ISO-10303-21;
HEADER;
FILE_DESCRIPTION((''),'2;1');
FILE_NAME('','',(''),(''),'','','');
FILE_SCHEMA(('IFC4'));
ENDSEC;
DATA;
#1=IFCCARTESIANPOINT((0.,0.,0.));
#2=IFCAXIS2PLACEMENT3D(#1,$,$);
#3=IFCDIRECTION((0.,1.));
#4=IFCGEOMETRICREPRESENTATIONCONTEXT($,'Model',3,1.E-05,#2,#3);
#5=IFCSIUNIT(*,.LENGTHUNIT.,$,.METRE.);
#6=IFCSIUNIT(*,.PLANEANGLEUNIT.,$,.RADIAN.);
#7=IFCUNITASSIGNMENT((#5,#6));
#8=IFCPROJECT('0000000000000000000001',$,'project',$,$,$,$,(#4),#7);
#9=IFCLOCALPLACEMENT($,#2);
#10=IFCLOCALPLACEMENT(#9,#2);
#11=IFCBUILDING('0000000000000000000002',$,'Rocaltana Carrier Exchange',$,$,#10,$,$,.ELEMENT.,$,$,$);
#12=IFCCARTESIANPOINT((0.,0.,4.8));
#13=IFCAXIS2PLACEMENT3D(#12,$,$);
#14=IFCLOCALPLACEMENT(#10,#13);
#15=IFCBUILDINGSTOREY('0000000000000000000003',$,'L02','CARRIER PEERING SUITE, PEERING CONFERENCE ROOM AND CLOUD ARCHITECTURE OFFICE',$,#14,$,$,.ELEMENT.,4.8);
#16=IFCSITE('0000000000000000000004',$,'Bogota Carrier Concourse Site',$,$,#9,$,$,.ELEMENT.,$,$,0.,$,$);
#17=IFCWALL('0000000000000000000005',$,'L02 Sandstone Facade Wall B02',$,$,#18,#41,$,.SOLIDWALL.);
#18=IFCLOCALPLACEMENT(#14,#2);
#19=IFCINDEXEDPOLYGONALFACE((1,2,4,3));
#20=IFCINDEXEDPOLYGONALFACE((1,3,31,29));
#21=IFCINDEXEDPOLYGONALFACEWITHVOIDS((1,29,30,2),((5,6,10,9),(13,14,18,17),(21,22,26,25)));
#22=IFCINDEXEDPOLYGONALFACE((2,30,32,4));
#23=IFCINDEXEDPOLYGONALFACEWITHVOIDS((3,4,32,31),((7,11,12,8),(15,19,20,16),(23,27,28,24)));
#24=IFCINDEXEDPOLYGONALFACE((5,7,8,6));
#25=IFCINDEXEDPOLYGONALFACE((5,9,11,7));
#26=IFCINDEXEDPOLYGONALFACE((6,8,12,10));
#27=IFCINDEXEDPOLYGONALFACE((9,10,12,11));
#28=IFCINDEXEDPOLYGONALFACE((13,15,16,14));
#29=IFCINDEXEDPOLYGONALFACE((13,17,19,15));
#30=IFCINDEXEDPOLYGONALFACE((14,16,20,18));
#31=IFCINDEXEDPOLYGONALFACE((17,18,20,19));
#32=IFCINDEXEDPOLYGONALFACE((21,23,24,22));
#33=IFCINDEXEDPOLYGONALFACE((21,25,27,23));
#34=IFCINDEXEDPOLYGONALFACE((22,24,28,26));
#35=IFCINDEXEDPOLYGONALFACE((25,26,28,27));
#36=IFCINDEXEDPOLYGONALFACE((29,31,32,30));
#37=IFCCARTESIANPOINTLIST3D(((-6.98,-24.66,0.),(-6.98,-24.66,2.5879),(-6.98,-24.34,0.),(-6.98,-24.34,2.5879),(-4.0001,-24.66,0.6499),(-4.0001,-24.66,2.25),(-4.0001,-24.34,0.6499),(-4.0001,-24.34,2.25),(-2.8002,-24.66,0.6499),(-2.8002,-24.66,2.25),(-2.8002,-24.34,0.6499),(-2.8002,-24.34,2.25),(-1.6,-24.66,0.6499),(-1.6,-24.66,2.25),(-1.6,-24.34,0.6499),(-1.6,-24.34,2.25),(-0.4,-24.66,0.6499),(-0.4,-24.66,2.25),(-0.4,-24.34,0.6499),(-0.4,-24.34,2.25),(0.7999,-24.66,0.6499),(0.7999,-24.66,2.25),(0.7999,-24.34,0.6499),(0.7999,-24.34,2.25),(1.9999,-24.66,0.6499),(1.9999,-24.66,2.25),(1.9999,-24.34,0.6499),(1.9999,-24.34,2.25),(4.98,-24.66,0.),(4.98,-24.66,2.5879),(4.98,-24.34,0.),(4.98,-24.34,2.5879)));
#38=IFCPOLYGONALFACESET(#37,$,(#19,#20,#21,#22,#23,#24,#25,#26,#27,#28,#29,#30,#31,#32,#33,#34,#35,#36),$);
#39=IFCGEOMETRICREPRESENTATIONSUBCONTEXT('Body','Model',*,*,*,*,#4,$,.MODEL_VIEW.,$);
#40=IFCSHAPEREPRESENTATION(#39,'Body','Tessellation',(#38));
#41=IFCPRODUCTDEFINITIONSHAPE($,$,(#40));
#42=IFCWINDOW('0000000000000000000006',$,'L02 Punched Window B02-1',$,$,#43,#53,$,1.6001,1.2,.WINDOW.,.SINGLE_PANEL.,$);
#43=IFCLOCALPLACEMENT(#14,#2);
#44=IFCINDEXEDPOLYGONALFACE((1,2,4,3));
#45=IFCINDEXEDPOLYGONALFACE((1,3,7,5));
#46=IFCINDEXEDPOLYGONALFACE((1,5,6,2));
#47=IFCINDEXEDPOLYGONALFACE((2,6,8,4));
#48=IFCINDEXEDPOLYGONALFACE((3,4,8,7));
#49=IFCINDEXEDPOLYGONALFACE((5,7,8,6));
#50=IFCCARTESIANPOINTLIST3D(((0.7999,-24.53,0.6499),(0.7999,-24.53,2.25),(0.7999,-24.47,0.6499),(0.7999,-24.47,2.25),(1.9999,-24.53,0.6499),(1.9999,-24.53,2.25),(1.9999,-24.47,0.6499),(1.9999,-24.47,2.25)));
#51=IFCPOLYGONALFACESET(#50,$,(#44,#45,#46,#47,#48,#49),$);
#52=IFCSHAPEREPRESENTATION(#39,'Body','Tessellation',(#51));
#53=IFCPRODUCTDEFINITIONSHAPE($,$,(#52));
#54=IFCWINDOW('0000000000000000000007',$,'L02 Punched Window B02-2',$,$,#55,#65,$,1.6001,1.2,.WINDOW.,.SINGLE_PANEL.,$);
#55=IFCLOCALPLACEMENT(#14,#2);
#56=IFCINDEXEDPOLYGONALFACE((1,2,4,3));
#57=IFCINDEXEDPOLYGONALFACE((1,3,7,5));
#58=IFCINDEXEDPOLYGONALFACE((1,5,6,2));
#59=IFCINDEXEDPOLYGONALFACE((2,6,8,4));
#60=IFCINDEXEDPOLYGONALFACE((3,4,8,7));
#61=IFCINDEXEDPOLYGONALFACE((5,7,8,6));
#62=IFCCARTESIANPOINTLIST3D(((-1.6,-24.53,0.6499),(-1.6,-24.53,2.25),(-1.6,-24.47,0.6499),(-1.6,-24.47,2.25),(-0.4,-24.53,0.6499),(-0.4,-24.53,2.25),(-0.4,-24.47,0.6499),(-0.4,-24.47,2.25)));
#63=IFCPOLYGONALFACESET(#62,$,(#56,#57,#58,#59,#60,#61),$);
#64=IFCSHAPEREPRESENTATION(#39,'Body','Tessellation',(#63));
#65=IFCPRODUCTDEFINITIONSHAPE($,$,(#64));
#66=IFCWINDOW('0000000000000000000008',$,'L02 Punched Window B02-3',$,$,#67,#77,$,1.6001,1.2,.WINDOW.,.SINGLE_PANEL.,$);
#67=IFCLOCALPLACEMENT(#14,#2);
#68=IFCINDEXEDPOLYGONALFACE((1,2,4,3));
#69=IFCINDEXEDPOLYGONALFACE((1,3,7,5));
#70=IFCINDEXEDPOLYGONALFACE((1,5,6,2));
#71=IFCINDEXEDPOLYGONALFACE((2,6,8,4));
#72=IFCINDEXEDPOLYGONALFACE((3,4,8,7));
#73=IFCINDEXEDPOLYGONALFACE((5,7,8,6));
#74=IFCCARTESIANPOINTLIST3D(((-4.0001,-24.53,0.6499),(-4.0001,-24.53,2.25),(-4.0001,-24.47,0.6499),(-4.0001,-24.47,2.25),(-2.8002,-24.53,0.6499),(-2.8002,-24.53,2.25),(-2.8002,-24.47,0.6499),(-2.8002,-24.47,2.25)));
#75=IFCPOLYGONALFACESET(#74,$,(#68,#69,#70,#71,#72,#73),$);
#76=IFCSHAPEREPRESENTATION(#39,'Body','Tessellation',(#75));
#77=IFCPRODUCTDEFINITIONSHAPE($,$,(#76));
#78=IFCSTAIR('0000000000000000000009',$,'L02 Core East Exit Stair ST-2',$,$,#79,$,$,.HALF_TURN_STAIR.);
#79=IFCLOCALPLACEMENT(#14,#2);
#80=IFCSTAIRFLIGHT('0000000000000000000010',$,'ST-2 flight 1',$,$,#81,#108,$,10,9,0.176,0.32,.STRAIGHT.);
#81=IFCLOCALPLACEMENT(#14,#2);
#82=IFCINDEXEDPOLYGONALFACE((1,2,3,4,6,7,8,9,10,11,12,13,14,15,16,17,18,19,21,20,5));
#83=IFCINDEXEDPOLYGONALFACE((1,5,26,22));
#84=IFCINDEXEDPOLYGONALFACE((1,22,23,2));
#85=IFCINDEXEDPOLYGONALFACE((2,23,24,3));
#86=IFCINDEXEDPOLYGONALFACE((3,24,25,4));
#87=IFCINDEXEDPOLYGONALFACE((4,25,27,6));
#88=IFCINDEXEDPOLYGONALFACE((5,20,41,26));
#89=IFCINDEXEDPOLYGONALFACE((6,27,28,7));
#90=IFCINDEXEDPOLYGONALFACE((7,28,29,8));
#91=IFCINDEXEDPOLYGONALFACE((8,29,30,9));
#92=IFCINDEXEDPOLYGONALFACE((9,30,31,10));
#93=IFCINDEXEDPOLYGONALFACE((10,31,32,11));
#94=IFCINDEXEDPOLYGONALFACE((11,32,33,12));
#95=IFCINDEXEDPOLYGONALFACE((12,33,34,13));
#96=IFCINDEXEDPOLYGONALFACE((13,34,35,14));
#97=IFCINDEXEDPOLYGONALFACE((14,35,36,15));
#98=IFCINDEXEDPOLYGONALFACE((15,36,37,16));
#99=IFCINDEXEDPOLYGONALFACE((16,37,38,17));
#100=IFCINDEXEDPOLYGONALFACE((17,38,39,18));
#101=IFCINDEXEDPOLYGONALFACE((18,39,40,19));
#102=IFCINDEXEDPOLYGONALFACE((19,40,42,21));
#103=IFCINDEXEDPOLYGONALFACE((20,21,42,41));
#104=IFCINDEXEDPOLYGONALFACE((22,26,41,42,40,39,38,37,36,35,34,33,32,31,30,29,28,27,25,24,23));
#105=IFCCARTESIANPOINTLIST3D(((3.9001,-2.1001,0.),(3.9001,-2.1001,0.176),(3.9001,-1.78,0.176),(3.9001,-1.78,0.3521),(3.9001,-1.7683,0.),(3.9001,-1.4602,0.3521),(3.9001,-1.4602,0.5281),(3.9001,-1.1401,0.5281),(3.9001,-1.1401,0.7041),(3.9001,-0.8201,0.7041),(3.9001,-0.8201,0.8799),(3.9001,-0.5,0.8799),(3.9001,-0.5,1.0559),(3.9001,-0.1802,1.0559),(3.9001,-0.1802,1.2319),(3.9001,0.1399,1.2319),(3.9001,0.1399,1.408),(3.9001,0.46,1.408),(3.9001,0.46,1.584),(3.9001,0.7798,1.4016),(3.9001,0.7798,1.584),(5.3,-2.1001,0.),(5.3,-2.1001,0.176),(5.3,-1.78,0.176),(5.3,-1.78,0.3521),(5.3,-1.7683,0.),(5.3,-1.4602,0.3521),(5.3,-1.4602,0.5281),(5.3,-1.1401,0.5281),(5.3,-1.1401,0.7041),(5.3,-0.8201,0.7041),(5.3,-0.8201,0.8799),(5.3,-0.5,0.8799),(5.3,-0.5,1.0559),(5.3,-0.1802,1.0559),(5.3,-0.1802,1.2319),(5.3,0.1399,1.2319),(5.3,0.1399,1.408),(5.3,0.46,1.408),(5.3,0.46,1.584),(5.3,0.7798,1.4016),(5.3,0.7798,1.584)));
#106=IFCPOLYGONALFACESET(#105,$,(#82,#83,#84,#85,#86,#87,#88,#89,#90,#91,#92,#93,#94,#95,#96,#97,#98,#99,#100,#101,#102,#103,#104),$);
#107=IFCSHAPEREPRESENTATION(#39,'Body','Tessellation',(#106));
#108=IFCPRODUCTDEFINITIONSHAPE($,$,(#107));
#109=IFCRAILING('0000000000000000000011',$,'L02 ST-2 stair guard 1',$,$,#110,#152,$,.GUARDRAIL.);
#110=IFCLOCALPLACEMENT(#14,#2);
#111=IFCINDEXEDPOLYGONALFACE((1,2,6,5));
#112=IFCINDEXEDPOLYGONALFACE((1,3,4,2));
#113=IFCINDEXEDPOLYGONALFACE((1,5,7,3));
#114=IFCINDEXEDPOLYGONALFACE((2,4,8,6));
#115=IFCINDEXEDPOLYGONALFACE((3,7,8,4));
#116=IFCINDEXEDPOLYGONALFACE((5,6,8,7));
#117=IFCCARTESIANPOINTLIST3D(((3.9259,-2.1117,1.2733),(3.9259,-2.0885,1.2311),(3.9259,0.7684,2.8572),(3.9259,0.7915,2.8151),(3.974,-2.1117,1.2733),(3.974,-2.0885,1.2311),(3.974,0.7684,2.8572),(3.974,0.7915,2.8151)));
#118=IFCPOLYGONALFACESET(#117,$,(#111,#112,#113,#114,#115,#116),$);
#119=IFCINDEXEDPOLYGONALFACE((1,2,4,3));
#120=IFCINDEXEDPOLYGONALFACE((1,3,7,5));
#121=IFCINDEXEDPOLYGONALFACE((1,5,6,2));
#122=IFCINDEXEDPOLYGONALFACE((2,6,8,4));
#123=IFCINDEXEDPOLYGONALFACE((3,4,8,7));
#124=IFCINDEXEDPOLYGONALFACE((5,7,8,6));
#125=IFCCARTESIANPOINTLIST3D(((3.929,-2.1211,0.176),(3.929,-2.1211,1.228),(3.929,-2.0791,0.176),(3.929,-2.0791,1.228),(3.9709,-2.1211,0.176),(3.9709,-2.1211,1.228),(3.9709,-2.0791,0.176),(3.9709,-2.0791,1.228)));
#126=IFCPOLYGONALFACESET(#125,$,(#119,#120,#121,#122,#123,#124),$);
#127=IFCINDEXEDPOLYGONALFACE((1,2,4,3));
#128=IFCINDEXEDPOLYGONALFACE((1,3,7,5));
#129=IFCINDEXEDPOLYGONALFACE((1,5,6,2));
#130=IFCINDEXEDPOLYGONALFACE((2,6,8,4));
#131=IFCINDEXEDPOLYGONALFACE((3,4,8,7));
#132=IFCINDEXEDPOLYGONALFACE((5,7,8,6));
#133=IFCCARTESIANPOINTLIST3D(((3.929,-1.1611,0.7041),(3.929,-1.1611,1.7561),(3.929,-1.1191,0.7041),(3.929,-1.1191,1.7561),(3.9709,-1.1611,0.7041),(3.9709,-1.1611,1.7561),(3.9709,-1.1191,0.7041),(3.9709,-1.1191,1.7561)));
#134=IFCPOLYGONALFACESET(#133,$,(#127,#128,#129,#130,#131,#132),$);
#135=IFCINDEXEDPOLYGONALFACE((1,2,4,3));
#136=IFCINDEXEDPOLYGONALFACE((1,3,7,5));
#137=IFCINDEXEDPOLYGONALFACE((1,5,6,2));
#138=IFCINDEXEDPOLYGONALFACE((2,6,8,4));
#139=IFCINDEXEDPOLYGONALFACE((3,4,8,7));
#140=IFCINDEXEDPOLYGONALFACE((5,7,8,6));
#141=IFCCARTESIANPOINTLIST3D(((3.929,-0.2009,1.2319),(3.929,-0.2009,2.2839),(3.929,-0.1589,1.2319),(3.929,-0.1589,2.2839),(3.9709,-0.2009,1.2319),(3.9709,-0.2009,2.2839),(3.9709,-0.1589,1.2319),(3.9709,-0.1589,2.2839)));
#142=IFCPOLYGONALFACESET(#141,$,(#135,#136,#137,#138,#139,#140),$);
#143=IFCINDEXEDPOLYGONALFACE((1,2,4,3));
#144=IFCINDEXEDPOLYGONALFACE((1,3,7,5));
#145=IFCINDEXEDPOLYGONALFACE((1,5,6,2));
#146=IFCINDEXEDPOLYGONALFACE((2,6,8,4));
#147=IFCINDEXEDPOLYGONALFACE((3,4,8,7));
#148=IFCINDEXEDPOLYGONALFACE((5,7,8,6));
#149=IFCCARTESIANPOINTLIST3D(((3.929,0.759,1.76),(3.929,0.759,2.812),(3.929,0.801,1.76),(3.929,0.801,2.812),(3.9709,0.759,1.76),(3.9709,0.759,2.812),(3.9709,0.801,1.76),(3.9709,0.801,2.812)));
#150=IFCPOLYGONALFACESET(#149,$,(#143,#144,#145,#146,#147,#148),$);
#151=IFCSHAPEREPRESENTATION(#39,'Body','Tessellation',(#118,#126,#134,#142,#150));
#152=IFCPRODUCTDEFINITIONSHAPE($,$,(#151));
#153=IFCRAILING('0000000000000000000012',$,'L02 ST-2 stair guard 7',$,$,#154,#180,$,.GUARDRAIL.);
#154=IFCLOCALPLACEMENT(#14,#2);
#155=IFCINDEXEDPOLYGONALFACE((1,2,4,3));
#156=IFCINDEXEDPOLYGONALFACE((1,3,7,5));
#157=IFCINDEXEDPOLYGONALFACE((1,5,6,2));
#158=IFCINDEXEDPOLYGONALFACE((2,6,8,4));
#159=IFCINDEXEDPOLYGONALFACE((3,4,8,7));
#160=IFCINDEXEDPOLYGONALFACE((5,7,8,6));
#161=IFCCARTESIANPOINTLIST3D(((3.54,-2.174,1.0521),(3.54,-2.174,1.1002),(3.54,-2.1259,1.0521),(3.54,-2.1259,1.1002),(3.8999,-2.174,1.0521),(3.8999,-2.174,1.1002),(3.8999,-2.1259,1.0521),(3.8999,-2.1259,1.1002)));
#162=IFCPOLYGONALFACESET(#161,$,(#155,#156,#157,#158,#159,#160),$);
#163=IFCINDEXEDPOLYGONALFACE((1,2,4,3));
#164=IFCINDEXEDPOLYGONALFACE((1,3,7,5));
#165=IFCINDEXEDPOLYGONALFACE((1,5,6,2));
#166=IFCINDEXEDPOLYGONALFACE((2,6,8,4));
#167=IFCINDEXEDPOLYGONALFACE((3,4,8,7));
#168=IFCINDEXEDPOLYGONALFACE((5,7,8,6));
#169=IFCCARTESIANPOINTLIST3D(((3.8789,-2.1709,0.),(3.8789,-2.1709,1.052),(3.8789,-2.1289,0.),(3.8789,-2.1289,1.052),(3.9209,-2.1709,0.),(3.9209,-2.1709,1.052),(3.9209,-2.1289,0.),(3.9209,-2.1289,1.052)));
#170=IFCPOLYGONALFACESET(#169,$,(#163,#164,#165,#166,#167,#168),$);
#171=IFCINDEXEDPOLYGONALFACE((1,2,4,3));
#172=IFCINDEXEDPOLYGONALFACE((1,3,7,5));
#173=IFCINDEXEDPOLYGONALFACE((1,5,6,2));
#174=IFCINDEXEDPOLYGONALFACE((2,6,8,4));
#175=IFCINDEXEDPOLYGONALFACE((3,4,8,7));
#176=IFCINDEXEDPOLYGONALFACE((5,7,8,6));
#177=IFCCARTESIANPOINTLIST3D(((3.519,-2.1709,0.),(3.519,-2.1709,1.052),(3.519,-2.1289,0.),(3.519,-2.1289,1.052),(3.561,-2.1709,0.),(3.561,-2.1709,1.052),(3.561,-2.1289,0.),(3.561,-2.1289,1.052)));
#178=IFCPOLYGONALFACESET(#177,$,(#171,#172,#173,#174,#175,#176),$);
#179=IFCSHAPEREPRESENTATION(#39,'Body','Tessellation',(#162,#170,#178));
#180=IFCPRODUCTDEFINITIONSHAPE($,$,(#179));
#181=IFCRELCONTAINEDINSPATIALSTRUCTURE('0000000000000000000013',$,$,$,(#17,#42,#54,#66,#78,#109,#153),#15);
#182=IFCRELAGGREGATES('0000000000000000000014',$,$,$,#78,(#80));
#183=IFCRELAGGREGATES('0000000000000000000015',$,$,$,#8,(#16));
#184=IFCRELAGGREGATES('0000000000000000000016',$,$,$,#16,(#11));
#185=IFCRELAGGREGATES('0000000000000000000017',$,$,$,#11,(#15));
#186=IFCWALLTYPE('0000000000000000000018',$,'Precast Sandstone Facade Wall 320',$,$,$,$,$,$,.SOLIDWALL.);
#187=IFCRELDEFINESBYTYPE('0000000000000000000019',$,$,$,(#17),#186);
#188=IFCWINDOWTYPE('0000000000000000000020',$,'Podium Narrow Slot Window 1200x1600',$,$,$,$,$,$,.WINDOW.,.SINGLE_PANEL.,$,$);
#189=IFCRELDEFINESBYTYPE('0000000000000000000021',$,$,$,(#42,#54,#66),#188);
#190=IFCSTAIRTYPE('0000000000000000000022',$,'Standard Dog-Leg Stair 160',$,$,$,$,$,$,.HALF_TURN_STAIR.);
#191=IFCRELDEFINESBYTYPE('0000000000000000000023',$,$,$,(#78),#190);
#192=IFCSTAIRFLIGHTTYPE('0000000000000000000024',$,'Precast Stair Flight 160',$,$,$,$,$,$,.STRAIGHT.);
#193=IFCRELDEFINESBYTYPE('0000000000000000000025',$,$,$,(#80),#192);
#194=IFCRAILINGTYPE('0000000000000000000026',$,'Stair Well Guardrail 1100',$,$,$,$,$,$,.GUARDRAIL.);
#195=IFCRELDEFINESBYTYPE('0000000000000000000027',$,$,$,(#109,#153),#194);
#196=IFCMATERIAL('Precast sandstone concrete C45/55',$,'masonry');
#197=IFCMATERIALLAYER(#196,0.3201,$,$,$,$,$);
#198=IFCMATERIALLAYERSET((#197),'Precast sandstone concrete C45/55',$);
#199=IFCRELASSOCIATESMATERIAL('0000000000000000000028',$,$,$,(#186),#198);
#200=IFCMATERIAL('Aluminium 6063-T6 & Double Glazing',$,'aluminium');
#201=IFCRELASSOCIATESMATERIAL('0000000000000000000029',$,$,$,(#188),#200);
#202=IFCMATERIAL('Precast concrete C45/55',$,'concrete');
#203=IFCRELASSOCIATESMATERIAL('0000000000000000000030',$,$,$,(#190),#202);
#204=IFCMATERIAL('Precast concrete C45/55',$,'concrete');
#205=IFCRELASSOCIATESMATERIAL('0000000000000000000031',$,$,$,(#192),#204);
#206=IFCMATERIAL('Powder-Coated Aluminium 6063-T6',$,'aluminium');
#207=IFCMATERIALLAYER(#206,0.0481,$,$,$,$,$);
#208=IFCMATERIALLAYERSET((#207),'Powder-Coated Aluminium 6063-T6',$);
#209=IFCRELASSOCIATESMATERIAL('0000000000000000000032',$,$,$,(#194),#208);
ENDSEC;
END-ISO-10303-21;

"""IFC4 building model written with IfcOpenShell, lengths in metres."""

from ifc_helpers import new_model, si_unit, direction, frame, frame_2d, origin, origin_2d, place, context, subcontext, project, spatial, polyline, rectangle, outline, extrude, material, layer, layer_set, type_object, element, fill, aggregate, save


model = new_model("IFC4")

# Units and contexts
model_context = context("Model", 3, precision=1e-05, world=origin(), true_north=direction((0.0, 1.0)))
body_context = subcontext(model_context, "Body", "Model", "MODEL_VIEW")
ifc_project = project(units=[si_unit("LENGTHUNIT", "METRE"), si_unit("PLANEANGLEUNIT", "RADIAN")], contexts=[model_context])

# Site, building, storey
site_placement = place(None, origin())
site = spatial("IfcSite", under=ifc_project, at=site_placement, Name="Bogota Carrier Concourse Site", CompositionType="ELEMENT", RefElevation=0.0)
building_placement = place(site_placement, origin())
building = spatial("IfcBuilding", under=site, at=building_placement, Name="Rocaltana Carrier Exchange", CompositionType="ELEMENT")
storey_placement = place(building_placement, frame((0.0, 0.0, 4.8)))
storey = spatial("IfcBuildingStorey", under=building, at=storey_placement, Name="L02", Description="CARRIER PEERING SUITE, PEERING CONFERENCE ROOM AND CLOUD ARCHITECTURE OFFICE", CompositionType="ELEMENT", Elevation=4.8)

# Wall, openings, windows
ifc_material_1 = material(Name="Precast sandstone concrete C45/55", Category="masonry")
ifc_layer_1 = layer(ifc_material_1, 0.3201)
ifc_layer_set_1 = layer_set([ifc_layer_1], Name="Precast sandstone concrete C45/55")
wall_type_1 = type_object("IfcWallType", Name="Precast Sandstone Facade Wall 320", PredefinedType="SOLIDWALL", material=ifc_layer_set_1)
wall_1_placement = place(storey_placement, frame((4.98, -24.5, 0.0), z_axis=(0.0, 0.0, 1.0), x_axis=(-1.0, 0.0, 0.0)))
wall_1 = element("IfcWall", 1, at=wall_1_placement, inside=storey, type_object=wall_type_1, Name="L02 Sandstone Facade Wall B02", PredefinedType="SOLIDWALL", context=body_context, shape_type="SweptSolid", body=[
    extrude(rectangle(XDim=11.96, YDim=0.3201, at=frame_2d((5.98, 0.0))), origin(), (0.0, 0.0, 1.0), 2.5879),
])
opening_1_placement = place(wall_1_placement, frame((2.98, 0.0, 0.6499)))
opening_1 = element("IfcOpeningElement", 2, at=opening_1_placement, cuts=wall_1, PredefinedType="OPENING", context=body_context, shape_type="SweptSolid", body=[
    extrude(rectangle(XDim=1.2, YDim=1.6001, at=frame_2d((0.6001, 0.8))), frame((0.0, 0.1699, 0.0), z_axis=(0.0, -1.0, 0.0), x_axis=(1.0, 0.0, 0.0)), (0.0, 0.0, 1.0), 0.3401),
])
opening_2_placement = place(wall_1_placement, frame((5.3799, 0.0, 0.6499)))
opening_2 = element("IfcOpeningElement", 3, at=opening_2_placement, cuts=wall_1, PredefinedType="OPENING", context=body_context, shape_type="SweptSolid", body=[
    extrude(rectangle(XDim=1.2, YDim=1.6001, at=frame_2d((0.6001, 0.8))), frame((0.0, 0.1699, 0.0), z_axis=(0.0, -1.0, 0.0), x_axis=(1.0, 0.0, 0.0)), (0.0, 0.0, 1.0), 0.3401),
])
opening_3_placement = place(wall_1_placement, frame((7.78, 0.0, 0.6499)))
opening_3 = element("IfcOpeningElement", 4, at=opening_3_placement, cuts=wall_1, PredefinedType="OPENING", context=body_context, shape_type="SweptSolid", body=[
    extrude(rectangle(XDim=1.2, YDim=1.6001, at=frame_2d((0.6001, 0.8))), frame((0.0, 0.1699, 0.0), z_axis=(0.0, -1.0, 0.0), x_axis=(1.0, 0.0, 0.0)), (0.0, 0.0, 1.0), 0.3401),
])
ifc_material_2 = material(Name="Aluminium 6063-T6 & Double Glazing", Category="aluminium")
window_type = type_object("IfcWindowType", Name="Podium Narrow Slot Window 1200x1600", PartitioningType="SINGLE_PANEL", PredefinedType="WINDOW", material=ifc_material_2)
window_1_placement = place(opening_1_placement, origin())
window_1 = element("IfcWindow", 5, at=window_1_placement, inside=storey, type_object=window_type, Name="L02 Punched Window B02-1", OverallHeight=1.6001, OverallWidth=1.2, PartitioningType="SINGLE_PANEL", PredefinedType="WINDOW", context=body_context, shape_type="SweptSolid", body=[
    extrude(rectangle(XDim=1.2, YDim=1.6001, at=frame_2d((0.6001, 0.8))), frame((0.0, 0.03, 0.0), z_axis=(0.0, -1.0, 0.0), x_axis=(1.0, 0.0, 0.0)), (0.0, 0.0, 1.0), 0.0601),
])
fill(opening_1, window_1)
window_2_placement = place(opening_2_placement, origin())
window_2 = element("IfcWindow", 6, at=window_2_placement, inside=storey, type_object=window_type, Name="L02 Punched Window B02-2", OverallHeight=1.6001, OverallWidth=1.2, PartitioningType="SINGLE_PANEL", PredefinedType="WINDOW", context=body_context, shape_type="SweptSolid", body=[
    extrude(rectangle(XDim=1.2, YDim=1.6001, at=frame_2d((0.6001, 0.8))), frame((0.0, 0.03, 0.0), z_axis=(0.0, -1.0, 0.0), x_axis=(1.0, 0.0, 0.0)), (0.0, 0.0, 1.0), 0.0601),
])
fill(opening_2, window_2)
window_3_placement = place(opening_3_placement, origin())
window_3 = element("IfcWindow", 7, at=window_3_placement, inside=storey, type_object=window_type, Name="L02 Punched Window B02-3", OverallHeight=1.6001, OverallWidth=1.2, PartitioningType="SINGLE_PANEL", PredefinedType="WINDOW", context=body_context, shape_type="SweptSolid", body=[
    extrude(rectangle(XDim=1.2, YDim=1.6001, at=frame_2d((0.6001, 0.8))), frame((0.0, 0.03, 0.0), z_axis=(0.0, -1.0, 0.0), x_axis=(1.0, 0.0, 0.0)), (0.0, 0.0, 1.0), 0.0601),
])
fill(opening_3, window_3)

# Stair, stair flight
ifc_material_3 = material(Name="Precast concrete C45/55", Category="concrete")
stair_type = type_object("IfcStairType", Name="Standard Dog-Leg Stair 160", PredefinedType="HALF_TURN_STAIR", material=ifc_material_3)
stair_placement = place(storey_placement, origin())
stair = element("IfcStair", 8, at=stair_placement, inside=storey, type_object=stair_type, Name="L02 Core East Exit Stair ST-2", PredefinedType="HALF_TURN_STAIR")
ifc_material_4 = material(Name="Precast concrete C45/55", Category="concrete")
stair_flight_type = type_object("IfcStairFlightType", Name="Precast Stair Flight 160", PredefinedType="STRAIGHT", material=ifc_material_4)
stair_flight_placement = place(storey_placement, frame((4.6001, -2.1001, 0.0), z_axis=(0.0, 0.0, 1.0), x_axis=(0.0, 1.0, 0.0)))
stair_flight = element("IfcStairFlight", 9, at=stair_flight_placement, type_object=stair_flight_type, Name="ST-2 flight 1", NumberOfRisers=10, NumberOfTreads=9, PredefinedType="STRAIGHT", RiserHeight=0.176, TreadLength=0.32, context=body_context, shape_type="SweptSolid", body=[
    extrude(outline(polyline([(0.0, 0.0), (0.0, 0.176), (0.3201, 0.176), (0.3201, 0.3521), (0.6399, 0.3521), (0.6399, 0.5281), (0.96, 0.5281), (0.96, 0.7041), (1.28, 0.7041), (1.28, 0.8799), (1.6001, 0.8799), (1.6001, 1.0559), (1.9199, 1.0559), (1.9199, 1.2319), (2.24, 1.2319), (2.24, 1.408), (2.5601, 1.408), (2.5601, 1.584), (2.8799, 1.584), (2.8799, 1.76), (2.8799, 1.4016), (0.3318, 0.0), (0.0, 0.0)])), frame((0.0, 0.7, 0.0), z_axis=(0.0, -1.0, 0.0), x_axis=(1.0, 0.0, 0.0)), (0.0, 0.0, 1.0), 1.3999),
])
aggregate(stair, [stair_flight])

# Railings
ifc_material_5 = material(Name="Powder-Coated Aluminium 6063-T6", Category="aluminium")
ifc_layer_2 = layer(ifc_material_5, 0.0481)
ifc_layer_set_2 = layer_set([ifc_layer_2], Name="Powder-Coated Aluminium 6063-T6")
railing_type = type_object("IfcRailingType", Name="Stair Well Guardrail 1100", PredefinedType="GUARDRAIL", material=ifc_layer_set_2)
railing_1_placement = place(storey_placement, frame((3.95, -2.1001, 0.176)))
element("IfcRailing", 10, at=railing_1_placement, inside=storey, type_object=railing_type, Name="L02 ST-2 stair guard 1", PredefinedType="GUARDRAIL", context=body_context, shape_type="SweptSolid", body=[
    extrude(rectangle(XDim=0.0481, YDim=0.0481, at=origin_2d()), frame((0.0, 0.0, 1.0762), z_axis=(0.0, 0.876227, 0.481899), x_axis=(-1.0, 0.0, 0.0)), (0.0, 0.0, 1.0), 3.2869),
    extrude(rectangle(XDim=0.042, YDim=0.042, at=origin_2d()), origin(), (0.0, 0.0, 1.0), 1.052),
    extrude(rectangle(XDim=0.042, YDim=0.042, at=origin_2d()), frame((0.0, 0.96, 0.5281)), (0.0, 0.0, 1.0), 1.052),
    extrude(rectangle(XDim=0.042, YDim=0.042, at=origin_2d()), frame((0.0, 1.9202, 1.0559)), (0.0, 0.0, 1.0), 1.052),
    extrude(rectangle(XDim=0.042, YDim=0.042, at=origin_2d()), frame((0.0, 2.8801, 1.584)), (0.0, 0.0, 1.0), 1.052),
])
railing_2_placement = place(storey_placement, frame((3.8999, -2.1499, 0.0)))
element("IfcRailing", 11, at=railing_2_placement, inside=storey, type_object=railing_type, Name="L02 ST-2 stair guard 7", PredefinedType="GUARDRAIL", context=body_context, shape_type="SweptSolid", body=[
    extrude(rectangle(XDim=0.0481, YDim=0.0481, at=origin_2d()), frame((0.0, 0.0, 1.0762), z_axis=(-1.0, 0.0, 0.0), x_axis=(0.0, -1.0, 0.0)), (0.0, 0.0, 1.0), 0.3599),
    extrude(rectangle(XDim=0.042, YDim=0.042, at=origin_2d()), origin(), (0.0, 0.0, 1.0), 1.052),
    extrude(rectangle(XDim=0.042, YDim=0.042, at=origin_2d()), frame((-0.3599, 0.0, 0.0)), (0.0, 0.0, 1.0), 1.052),
])

save(model, "model.ifc")
